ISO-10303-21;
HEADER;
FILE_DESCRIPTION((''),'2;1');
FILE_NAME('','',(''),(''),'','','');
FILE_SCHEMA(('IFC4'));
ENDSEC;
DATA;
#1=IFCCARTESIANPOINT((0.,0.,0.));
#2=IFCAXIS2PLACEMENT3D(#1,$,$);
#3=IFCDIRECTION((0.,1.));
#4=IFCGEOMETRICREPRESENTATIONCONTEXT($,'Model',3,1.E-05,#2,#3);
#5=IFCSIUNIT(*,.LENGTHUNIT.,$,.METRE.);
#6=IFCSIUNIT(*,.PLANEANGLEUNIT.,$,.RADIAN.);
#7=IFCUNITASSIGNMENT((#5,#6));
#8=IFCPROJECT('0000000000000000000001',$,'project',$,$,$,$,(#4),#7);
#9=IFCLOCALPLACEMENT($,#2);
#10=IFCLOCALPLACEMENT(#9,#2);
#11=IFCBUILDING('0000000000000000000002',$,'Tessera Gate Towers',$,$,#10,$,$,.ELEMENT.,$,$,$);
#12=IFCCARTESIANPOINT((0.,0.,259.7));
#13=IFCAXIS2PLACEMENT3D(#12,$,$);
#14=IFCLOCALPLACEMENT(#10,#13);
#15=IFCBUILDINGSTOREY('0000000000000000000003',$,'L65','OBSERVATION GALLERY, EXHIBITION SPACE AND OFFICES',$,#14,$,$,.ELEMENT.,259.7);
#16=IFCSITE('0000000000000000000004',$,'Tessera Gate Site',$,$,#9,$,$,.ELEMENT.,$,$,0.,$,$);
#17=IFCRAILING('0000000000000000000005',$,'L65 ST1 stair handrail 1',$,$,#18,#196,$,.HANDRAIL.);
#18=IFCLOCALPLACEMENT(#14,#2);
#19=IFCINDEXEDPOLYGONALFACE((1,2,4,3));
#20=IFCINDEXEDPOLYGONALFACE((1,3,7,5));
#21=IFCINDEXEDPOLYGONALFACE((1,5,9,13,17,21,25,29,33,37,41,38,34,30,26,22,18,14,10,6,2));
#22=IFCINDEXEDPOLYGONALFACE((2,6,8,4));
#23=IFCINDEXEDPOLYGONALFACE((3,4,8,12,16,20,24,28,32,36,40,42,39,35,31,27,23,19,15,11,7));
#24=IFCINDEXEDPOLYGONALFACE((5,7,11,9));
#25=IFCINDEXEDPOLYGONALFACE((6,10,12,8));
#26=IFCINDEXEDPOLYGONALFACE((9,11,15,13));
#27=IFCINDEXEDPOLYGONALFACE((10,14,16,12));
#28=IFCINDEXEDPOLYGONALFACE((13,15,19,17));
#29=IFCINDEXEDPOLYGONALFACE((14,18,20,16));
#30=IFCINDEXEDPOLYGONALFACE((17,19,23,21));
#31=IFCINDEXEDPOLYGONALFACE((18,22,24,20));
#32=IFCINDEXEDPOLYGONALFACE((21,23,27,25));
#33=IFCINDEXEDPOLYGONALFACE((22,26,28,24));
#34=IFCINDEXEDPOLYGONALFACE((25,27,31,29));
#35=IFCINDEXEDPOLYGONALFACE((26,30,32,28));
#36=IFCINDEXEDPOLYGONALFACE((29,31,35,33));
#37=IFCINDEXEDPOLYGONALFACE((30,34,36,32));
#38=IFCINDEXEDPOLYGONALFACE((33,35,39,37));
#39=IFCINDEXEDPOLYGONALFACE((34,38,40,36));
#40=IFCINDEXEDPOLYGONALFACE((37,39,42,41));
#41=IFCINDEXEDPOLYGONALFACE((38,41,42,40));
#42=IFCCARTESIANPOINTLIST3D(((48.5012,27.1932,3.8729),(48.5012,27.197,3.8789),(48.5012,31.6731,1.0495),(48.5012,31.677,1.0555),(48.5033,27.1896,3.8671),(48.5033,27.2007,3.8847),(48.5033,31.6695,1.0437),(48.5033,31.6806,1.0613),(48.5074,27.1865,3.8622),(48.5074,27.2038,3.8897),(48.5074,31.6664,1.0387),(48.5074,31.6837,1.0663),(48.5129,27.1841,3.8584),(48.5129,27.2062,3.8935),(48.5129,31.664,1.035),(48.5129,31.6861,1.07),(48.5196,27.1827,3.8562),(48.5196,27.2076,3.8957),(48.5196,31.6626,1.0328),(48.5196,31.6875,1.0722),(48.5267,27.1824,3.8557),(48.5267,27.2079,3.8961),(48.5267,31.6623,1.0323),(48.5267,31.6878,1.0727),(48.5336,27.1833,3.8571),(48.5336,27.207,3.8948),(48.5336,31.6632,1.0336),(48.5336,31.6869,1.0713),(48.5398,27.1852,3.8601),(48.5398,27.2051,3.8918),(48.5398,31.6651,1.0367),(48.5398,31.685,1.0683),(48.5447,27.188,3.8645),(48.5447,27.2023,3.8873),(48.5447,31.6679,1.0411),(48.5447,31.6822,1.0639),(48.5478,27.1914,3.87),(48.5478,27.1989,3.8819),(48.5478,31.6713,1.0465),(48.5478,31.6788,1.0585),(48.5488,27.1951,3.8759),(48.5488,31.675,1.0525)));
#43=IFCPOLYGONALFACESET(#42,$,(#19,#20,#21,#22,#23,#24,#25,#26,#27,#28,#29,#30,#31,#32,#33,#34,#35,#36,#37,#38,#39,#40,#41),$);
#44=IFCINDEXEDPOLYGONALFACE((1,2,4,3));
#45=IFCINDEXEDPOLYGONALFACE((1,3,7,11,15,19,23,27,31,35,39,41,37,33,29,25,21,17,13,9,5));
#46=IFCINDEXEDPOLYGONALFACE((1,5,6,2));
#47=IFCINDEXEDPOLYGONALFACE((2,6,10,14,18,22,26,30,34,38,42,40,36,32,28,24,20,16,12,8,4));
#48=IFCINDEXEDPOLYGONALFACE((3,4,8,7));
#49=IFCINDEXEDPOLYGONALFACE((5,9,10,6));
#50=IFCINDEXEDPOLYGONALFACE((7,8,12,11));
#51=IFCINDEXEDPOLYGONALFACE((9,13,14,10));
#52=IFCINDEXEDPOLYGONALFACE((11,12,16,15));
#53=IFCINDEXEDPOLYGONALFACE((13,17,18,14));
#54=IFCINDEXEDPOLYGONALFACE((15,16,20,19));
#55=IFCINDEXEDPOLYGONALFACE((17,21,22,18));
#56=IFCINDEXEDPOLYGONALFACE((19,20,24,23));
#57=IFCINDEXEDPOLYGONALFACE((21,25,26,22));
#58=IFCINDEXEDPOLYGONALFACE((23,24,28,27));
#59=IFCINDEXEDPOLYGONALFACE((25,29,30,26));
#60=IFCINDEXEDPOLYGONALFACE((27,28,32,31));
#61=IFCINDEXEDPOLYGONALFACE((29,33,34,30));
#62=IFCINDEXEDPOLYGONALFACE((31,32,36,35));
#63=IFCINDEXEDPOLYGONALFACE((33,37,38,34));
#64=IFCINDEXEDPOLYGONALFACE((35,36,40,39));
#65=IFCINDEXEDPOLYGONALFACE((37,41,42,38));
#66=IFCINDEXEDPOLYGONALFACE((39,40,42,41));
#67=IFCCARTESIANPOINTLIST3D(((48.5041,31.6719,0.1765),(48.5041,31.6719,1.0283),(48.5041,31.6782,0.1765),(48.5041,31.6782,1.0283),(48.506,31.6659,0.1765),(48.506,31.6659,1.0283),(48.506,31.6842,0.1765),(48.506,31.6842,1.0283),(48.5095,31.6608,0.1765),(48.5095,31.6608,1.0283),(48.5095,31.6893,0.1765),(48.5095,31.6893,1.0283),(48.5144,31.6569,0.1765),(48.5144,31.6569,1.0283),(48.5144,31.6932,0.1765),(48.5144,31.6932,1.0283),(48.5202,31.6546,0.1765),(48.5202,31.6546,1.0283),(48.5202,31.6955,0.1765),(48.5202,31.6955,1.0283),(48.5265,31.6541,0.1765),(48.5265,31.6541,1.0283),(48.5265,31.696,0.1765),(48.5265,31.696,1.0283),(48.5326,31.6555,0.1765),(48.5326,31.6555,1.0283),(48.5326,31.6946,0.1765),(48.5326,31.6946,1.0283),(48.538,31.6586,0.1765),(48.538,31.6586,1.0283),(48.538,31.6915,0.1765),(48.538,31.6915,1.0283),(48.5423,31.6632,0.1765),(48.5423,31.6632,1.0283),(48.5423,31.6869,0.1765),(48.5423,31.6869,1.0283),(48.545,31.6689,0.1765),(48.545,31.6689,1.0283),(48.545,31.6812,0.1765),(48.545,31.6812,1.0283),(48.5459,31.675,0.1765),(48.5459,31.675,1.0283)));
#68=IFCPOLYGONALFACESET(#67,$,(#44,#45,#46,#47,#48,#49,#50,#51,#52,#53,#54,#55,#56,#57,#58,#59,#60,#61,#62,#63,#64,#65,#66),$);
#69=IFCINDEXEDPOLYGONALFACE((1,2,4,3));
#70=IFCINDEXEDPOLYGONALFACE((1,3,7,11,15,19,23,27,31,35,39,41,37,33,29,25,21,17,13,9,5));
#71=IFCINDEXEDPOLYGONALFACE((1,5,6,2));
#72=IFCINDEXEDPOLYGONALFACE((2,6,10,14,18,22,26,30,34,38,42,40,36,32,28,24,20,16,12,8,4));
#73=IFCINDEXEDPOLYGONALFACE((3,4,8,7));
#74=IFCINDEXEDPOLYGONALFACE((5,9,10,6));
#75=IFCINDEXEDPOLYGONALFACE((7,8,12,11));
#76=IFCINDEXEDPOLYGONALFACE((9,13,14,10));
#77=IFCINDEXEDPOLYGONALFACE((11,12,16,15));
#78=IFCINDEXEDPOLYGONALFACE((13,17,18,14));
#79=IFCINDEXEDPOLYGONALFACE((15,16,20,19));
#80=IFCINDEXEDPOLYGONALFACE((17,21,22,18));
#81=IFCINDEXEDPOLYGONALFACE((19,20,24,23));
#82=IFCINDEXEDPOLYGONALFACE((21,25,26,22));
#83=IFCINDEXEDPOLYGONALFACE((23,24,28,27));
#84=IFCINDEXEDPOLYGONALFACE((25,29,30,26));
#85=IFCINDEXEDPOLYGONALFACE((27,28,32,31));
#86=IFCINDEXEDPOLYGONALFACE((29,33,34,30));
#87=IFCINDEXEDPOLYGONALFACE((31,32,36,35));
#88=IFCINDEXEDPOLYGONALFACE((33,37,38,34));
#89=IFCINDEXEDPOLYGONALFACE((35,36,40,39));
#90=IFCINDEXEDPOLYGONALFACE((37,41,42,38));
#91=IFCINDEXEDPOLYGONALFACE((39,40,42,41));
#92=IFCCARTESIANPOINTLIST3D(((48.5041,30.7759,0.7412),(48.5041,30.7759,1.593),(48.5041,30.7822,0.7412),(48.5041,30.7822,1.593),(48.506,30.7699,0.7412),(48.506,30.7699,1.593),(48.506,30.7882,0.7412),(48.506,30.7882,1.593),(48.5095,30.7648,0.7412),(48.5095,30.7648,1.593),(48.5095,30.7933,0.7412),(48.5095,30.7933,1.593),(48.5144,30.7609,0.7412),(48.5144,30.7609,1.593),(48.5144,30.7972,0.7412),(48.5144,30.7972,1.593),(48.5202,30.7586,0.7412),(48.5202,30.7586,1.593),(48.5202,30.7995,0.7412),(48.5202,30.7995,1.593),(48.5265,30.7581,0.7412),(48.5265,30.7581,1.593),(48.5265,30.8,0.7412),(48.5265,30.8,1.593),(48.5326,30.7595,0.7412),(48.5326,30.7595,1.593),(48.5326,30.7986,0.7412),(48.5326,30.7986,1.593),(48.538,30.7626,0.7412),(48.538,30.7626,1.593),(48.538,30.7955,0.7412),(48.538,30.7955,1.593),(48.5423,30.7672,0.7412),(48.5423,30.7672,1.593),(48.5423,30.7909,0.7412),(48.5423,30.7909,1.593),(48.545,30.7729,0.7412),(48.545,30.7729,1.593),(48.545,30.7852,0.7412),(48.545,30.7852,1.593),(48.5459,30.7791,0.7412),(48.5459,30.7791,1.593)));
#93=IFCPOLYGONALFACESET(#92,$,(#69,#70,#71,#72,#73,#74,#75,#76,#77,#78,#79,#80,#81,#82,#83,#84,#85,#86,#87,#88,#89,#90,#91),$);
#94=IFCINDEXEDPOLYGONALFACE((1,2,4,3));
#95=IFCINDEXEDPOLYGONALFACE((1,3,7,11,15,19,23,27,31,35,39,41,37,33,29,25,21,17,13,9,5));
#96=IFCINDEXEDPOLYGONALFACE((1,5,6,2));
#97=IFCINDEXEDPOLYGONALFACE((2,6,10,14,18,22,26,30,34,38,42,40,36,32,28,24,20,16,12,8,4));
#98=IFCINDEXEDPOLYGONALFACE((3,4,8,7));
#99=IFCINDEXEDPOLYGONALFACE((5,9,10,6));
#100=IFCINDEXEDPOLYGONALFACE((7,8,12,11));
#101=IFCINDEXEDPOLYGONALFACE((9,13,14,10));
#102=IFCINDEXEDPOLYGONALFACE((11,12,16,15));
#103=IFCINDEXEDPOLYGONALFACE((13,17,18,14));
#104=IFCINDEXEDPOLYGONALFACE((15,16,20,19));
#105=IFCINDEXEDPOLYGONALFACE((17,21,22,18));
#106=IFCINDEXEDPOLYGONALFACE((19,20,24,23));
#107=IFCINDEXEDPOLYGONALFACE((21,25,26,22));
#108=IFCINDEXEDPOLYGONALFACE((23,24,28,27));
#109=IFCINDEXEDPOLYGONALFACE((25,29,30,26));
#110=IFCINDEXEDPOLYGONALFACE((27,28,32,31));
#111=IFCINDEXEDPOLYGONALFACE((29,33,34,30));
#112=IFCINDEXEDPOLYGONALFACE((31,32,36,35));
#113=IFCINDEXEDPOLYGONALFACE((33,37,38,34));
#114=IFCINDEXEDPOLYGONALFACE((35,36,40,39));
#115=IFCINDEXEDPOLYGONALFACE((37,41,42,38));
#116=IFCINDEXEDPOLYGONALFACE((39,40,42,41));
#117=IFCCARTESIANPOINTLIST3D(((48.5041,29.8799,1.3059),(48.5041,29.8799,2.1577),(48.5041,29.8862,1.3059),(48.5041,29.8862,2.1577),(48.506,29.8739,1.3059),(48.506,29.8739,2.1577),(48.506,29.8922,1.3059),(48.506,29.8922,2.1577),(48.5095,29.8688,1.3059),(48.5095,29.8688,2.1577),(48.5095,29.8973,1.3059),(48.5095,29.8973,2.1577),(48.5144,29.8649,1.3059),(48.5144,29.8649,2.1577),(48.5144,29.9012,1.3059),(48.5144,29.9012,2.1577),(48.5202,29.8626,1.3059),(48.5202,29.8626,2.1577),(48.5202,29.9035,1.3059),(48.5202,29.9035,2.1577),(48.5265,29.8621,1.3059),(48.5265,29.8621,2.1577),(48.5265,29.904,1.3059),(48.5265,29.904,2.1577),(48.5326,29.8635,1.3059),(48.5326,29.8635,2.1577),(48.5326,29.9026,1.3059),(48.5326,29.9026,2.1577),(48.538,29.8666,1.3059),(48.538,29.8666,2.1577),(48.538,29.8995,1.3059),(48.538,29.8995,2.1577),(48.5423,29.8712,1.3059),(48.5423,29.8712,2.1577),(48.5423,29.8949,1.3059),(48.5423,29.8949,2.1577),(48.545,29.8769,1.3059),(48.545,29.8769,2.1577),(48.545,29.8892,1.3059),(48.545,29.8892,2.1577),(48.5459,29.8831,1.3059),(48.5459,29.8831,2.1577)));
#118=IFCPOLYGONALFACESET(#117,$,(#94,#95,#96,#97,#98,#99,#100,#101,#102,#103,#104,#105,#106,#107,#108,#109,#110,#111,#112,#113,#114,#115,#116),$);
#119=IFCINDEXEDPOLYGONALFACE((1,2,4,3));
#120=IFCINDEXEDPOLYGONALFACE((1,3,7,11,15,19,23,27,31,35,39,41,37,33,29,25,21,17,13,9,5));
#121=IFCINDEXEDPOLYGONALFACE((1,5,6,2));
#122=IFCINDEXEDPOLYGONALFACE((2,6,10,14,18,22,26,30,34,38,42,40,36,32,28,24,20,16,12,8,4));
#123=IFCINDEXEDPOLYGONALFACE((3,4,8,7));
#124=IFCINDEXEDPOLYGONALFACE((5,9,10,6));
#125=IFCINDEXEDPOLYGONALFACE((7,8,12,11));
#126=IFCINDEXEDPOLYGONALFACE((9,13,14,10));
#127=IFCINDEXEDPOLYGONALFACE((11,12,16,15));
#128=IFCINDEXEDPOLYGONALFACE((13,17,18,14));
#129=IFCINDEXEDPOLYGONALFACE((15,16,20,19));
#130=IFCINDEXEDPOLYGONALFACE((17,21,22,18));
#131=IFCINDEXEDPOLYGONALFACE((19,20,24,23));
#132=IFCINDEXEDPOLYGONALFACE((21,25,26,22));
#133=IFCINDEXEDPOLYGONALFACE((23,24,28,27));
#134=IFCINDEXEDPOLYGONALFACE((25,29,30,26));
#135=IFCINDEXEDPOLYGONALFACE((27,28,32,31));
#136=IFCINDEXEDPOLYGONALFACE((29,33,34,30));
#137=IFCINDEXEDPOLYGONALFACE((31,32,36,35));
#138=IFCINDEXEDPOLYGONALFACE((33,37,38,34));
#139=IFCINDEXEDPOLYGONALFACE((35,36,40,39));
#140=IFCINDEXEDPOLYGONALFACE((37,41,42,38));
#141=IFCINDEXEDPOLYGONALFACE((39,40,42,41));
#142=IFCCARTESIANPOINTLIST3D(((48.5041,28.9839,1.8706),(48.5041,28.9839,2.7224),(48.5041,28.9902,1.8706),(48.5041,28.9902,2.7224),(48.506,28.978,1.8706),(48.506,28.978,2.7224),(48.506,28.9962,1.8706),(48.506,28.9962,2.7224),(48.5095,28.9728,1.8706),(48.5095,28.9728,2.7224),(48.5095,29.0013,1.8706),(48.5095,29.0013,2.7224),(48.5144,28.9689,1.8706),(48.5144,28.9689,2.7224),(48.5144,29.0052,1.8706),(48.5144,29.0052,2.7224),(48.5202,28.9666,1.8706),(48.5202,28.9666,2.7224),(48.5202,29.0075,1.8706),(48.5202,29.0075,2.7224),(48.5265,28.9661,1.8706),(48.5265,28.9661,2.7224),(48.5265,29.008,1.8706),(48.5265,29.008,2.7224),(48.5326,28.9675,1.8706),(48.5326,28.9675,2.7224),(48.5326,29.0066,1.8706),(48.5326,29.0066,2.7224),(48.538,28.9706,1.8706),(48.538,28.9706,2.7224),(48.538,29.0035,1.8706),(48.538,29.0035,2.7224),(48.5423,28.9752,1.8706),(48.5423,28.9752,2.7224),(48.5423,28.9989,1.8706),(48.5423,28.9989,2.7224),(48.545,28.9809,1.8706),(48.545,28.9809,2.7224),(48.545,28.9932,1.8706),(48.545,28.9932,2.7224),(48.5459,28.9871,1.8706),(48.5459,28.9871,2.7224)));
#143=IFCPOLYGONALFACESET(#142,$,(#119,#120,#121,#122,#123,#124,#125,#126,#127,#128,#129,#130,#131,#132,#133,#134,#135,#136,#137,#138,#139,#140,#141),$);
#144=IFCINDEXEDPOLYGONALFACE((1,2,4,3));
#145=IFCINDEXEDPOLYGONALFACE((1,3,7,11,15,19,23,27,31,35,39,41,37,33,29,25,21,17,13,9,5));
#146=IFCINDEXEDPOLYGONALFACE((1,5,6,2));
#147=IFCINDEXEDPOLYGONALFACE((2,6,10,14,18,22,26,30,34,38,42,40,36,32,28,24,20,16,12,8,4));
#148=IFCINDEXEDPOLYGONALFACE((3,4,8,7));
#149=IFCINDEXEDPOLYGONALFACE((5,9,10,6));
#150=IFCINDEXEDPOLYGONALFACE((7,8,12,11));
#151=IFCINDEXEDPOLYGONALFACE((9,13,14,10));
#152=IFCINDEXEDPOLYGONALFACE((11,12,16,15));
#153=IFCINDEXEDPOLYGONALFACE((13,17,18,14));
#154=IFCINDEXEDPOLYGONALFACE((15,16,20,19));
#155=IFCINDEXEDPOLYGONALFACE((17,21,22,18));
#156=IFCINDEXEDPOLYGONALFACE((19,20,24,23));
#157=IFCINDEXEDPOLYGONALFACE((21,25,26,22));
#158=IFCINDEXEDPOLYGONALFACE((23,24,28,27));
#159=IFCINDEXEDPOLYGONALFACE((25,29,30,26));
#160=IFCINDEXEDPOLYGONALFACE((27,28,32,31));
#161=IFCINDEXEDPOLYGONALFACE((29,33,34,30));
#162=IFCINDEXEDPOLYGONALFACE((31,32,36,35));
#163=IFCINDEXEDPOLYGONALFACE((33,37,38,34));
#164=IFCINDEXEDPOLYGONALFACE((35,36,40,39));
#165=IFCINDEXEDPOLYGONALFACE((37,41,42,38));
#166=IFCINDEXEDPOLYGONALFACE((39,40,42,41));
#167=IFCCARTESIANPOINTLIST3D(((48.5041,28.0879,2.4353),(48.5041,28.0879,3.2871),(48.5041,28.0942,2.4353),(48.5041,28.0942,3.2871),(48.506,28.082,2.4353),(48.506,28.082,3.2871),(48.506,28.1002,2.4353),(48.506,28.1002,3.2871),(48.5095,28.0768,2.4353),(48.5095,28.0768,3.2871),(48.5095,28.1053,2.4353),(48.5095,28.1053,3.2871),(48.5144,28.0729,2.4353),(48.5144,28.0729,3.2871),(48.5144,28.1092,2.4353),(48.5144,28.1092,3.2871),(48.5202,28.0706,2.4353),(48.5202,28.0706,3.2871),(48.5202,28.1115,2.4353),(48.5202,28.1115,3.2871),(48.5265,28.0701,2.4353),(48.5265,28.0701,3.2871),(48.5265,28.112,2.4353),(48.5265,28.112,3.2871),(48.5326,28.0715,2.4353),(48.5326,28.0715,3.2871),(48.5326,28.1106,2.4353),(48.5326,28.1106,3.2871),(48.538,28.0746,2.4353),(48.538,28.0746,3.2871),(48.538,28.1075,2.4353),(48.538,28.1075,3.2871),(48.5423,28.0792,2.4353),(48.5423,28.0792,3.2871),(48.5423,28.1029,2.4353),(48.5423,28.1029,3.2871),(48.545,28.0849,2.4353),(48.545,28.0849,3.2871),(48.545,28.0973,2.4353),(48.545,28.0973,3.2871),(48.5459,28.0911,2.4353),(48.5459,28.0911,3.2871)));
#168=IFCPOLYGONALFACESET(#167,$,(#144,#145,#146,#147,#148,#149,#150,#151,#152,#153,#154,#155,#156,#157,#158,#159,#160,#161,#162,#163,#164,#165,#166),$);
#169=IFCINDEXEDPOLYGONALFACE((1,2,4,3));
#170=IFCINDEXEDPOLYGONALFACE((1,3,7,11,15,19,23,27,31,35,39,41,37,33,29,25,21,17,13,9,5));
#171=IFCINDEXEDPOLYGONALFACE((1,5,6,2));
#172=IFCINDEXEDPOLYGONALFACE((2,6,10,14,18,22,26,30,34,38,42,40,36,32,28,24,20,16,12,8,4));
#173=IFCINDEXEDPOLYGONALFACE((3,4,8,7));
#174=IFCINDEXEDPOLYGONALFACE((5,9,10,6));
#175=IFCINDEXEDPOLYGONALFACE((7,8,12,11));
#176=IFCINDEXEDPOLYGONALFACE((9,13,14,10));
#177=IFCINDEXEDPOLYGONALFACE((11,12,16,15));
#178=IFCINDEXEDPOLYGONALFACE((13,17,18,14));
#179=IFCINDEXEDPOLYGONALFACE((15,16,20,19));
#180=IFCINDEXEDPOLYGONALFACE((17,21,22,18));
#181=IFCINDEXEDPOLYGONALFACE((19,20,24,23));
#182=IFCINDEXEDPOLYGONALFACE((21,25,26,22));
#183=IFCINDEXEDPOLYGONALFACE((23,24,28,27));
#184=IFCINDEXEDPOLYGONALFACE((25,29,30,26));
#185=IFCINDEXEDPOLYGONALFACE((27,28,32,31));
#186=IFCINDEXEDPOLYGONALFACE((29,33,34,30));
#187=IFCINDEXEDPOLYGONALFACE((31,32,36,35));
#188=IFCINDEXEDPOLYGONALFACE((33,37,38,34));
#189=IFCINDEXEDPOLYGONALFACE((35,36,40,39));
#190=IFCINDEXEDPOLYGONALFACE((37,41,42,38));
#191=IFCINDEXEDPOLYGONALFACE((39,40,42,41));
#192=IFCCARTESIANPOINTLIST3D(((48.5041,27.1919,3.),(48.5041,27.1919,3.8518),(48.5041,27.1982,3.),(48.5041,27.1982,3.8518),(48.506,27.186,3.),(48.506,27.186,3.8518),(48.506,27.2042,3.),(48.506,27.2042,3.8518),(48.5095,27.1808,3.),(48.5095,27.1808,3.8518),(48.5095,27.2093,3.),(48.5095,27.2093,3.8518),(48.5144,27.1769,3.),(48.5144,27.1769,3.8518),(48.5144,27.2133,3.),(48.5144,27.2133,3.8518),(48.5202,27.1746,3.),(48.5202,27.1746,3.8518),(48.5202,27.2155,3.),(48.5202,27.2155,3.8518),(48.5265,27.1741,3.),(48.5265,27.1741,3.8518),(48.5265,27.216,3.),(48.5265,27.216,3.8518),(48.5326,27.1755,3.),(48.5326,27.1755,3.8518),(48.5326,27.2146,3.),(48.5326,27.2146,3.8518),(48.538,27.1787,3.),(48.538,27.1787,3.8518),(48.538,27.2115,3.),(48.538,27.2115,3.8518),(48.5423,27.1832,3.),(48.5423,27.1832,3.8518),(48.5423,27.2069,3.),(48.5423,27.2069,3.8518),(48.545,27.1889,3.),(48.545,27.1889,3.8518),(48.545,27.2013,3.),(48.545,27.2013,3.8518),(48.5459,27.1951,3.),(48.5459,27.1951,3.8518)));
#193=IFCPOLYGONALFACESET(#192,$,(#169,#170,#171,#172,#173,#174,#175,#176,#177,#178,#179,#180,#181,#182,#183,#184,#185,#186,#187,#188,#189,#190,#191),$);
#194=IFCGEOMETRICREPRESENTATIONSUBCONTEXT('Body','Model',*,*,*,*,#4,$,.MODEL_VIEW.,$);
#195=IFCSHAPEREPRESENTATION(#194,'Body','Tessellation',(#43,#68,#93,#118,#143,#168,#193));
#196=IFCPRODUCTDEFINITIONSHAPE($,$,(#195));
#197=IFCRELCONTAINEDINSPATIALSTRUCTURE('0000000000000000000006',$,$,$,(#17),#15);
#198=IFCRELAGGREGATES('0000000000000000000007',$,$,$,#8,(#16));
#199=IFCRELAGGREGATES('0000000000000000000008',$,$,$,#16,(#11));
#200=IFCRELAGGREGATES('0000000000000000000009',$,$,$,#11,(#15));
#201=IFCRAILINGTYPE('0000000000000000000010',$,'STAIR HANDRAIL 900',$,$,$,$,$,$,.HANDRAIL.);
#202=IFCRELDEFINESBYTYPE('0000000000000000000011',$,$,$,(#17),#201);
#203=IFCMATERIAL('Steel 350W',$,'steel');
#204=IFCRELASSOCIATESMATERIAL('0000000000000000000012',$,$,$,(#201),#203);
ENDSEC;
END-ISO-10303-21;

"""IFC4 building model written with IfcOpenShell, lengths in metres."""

from ifc_helpers import new_model, si_unit, direction, frame, origin, origin_2d, place, context, subcontext, project, spatial, circle, extrude, material, type_object, element, save


model = new_model("IFC4")

# Units and contexts
model_context = context("Model", 3, precision=1e-05, world=origin(), true_north=direction((0.0, 1.0)))
body_context = subcontext(model_context, "Body", "Model", "MODEL_VIEW")
ifc_project = project(units=[si_unit("LENGTHUNIT", "METRE"), si_unit("PLANEANGLEUNIT", "RADIAN")], contexts=[model_context])

# Site, building, storey
site_placement = place(None, origin())
site = spatial("IfcSite", under=ifc_project, at=site_placement, Name="Tessera Gate Site", CompositionType="ELEMENT", RefElevation=0.0)
building_placement = place(site_placement, origin())
building = spatial("IfcBuilding", under=site, at=building_placement, Name="Tessera Gate Towers", CompositionType="ELEMENT")
storey_placement = place(building_placement, frame((0.0, 0.0, 259.7)))
storey = spatial("IfcBuildingStorey", under=building, at=storey_placement, Name="L65", Description="OBSERVATION GALLERY, EXHIBITION SPACE AND OFFICES", CompositionType="ELEMENT", Elevation=259.7)

# Railing
ifc_material_1 = material(Name="Steel 350W", Category="steel")
railing_type_1 = type_object("IfcRailingType", Name="STAIR HANDRAIL 900", PredefinedType="HANDRAIL", material=ifc_material_1)
railing_1_placement = place(storey_placement, frame((48.5249, 31.675, 0.1765)))
element("IfcRailing", 1, at=railing_1_placement, inside=storey, type_object=railing_type_1, Name="L65 ST1 stair handrail 1", PredefinedType="HANDRAIL", context=body_context, shape_type="SweptSolid", body=[
    extrude(circle(Radius=0.0239, at=origin_2d()), frame((0.0, 0.0, 0.876), z_axis=(0.0, -0.845998, 0.533186), x_axis=(1.0, 0.0, 0.0)), (0.0, 0.0, 1.0), 5.2954),
    extrude(circle(Radius=0.021, at=origin_2d()), origin(), (0.0, 0.0, 1.0), 0.8518),
    extrude(circle(Radius=0.021, at=origin_2d()), frame((0.0, -0.896, 0.5647)), (0.0, 0.0, 1.0), 0.8518),
    extrude(circle(Radius=0.021, at=origin_2d()), frame((0.0, -1.792, 1.1294)), (0.0, 0.0, 1.0), 0.8518),
    extrude(circle(Radius=0.021, at=origin_2d()), frame((0.0, -2.688, 1.6941)), (0.0, 0.0, 1.0), 0.8518),
    extrude(circle(Radius=0.021, at=origin_2d()), frame((0.0, -3.584, 2.2588)), (0.0, 0.0, 1.0), 0.8518),
    extrude(circle(Radius=0.021, at=origin_2d()), frame((0.0, -4.48, 2.8235)), (0.0, 0.0, 1.0), 0.8518),
])

save(model, "model.ifc")
